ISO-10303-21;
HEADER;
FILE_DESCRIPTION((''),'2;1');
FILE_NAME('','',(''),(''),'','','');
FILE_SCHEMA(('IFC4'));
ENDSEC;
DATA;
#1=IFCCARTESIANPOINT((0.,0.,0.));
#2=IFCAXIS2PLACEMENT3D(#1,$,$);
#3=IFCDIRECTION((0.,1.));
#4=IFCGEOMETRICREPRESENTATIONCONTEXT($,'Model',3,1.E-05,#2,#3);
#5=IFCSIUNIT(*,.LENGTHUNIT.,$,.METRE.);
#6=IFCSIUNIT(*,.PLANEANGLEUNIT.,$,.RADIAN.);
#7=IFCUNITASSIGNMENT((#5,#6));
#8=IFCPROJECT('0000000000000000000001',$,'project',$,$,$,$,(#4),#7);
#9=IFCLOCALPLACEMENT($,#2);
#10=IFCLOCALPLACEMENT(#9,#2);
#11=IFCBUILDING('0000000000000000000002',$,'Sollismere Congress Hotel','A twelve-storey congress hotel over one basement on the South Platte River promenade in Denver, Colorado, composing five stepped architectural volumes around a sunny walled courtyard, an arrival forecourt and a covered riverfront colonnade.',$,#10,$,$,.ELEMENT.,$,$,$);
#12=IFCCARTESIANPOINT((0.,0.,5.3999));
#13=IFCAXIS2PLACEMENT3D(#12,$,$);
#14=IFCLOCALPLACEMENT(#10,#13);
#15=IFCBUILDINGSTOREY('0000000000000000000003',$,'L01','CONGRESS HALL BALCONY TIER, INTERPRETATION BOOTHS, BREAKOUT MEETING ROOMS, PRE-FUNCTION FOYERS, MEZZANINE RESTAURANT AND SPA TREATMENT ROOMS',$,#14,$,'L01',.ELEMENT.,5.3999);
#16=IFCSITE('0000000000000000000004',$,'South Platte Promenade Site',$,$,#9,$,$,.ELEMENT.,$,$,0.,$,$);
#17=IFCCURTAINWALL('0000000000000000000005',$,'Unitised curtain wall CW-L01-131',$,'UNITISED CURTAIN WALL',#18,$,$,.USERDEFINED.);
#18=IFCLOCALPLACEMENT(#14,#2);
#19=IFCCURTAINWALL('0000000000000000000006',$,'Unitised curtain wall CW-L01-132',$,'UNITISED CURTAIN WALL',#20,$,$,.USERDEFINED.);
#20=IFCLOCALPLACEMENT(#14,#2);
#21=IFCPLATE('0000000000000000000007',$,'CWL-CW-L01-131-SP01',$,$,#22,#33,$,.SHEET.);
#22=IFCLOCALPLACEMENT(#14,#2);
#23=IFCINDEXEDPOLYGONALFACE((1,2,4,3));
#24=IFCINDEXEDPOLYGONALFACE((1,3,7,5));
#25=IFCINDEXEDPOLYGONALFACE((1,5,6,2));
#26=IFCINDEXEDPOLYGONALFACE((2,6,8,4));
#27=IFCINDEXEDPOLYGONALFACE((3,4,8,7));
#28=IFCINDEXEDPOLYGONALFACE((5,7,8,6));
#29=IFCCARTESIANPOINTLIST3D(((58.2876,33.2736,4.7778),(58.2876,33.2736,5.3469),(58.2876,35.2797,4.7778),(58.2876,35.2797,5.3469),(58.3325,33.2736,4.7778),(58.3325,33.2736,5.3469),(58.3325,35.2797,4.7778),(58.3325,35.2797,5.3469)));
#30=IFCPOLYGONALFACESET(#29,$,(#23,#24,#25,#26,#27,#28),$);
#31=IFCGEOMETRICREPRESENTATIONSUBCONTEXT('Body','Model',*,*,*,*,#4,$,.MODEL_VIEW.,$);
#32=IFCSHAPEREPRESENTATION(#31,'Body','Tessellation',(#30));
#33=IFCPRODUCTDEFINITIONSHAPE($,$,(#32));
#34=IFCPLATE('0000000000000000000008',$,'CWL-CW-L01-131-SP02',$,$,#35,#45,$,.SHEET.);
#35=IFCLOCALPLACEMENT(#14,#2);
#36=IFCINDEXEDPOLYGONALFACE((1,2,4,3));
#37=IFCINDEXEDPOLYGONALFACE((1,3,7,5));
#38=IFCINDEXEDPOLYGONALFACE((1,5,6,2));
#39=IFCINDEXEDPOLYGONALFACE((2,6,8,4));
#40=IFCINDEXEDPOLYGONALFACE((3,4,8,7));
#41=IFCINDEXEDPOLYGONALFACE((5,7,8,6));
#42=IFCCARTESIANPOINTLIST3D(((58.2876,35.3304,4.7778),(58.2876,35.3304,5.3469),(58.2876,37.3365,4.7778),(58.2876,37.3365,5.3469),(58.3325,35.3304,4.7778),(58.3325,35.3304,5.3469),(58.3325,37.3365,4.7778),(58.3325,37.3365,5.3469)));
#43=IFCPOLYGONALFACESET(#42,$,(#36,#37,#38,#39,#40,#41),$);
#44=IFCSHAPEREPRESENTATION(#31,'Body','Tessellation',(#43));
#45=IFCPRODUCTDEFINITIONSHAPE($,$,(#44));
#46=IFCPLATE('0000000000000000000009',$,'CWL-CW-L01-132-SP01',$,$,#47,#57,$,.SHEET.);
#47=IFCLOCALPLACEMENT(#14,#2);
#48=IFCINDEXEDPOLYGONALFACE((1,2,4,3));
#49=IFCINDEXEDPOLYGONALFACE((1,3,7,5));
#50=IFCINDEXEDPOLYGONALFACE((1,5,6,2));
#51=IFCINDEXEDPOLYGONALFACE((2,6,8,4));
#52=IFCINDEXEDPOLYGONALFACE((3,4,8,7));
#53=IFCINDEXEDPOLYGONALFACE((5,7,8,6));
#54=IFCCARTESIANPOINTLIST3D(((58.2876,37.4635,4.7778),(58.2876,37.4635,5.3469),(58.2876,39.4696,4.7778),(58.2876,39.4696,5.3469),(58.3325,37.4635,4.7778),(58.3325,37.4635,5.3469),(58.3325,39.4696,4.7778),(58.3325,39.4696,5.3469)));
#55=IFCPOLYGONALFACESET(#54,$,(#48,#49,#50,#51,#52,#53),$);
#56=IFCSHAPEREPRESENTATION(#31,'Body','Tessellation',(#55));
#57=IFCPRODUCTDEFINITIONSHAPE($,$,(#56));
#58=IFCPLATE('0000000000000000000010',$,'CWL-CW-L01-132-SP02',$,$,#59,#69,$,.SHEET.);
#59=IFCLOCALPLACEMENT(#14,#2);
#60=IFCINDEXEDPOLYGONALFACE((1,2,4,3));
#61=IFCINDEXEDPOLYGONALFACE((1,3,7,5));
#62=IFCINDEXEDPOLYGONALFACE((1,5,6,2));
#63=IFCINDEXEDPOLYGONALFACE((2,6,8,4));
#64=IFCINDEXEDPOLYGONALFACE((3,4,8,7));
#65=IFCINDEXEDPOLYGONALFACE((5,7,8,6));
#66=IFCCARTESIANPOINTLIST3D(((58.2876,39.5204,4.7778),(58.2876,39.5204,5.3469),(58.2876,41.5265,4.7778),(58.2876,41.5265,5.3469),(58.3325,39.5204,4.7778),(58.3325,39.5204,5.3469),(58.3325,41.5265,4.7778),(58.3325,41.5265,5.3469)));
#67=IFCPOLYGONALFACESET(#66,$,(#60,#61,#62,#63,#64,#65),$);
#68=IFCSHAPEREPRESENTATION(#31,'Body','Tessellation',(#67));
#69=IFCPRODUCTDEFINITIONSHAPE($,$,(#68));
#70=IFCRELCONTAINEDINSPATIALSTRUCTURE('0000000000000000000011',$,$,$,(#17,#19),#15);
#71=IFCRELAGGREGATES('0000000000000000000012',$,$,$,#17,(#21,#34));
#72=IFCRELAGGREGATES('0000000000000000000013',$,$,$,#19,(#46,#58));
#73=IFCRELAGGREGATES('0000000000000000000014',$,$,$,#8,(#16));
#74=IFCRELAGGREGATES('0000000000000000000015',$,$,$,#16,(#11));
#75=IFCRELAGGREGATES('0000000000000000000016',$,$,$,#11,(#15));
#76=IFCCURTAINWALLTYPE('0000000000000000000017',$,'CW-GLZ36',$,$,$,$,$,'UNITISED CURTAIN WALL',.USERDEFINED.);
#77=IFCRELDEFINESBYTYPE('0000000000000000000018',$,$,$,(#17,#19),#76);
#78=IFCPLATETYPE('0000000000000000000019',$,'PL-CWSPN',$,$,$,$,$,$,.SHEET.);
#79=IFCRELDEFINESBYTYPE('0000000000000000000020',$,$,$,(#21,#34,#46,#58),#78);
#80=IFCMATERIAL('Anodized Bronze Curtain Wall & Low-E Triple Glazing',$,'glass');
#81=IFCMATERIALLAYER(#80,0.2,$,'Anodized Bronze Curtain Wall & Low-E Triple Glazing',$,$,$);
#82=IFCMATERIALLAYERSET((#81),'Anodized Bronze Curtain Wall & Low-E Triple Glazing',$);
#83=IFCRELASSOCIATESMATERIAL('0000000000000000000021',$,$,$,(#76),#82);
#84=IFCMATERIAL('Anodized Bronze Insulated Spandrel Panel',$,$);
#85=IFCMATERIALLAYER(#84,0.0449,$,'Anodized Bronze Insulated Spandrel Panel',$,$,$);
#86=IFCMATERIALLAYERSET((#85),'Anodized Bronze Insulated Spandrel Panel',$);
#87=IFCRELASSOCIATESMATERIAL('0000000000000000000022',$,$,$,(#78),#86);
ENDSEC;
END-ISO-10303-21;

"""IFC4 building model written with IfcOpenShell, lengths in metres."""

from ifc_helpers import new_model, si_unit, direction, frame, origin, origin_2d, place, context, subcontext, project, spatial, rectangle, extrude, material, layer, layer_set, type_object, element, aggregate, save


model = new_model("IFC4")

# Units and contexts
model_context = context("Model", 3, precision=1e-05, world=origin(), true_north=direction((0.0, 1.0)))
body_context = subcontext(model_context, "Body", "Model", "MODEL_VIEW")
ifc_project = project(units=[si_unit("LENGTHUNIT", "METRE"), si_unit("PLANEANGLEUNIT", "RADIAN")], contexts=[model_context])

# Site, building, storey
site_placement = place(None, origin())
site = spatial("IfcSite", under=ifc_project, at=site_placement, Name="South Platte Promenade Site", CompositionType="ELEMENT", RefElevation=0.0)
building_placement = place(site_placement, origin())
building = spatial("IfcBuilding", under=site, at=building_placement, Name="Sollismere Congress Hotel", Description="A twelve-storey congress hotel over one basement on the South Platte River promenade in Denver, Colorado, composing five stepped architectural volumes around a sunny walled courtyard, an arrival forecourt and a covered riverfront colonnade.", CompositionType="ELEMENT")
storey_placement = place(building_placement, frame((0.0, 0.0, 5.3999)))
storey = spatial("IfcBuildingStorey", under=building, at=storey_placement, Name="L01", Description="CONGRESS HALL BALCONY TIER, INTERPRETATION BOOTHS, BREAKOUT MEETING ROOMS, PRE-FUNCTION FOYERS, MEZZANINE RESTAURANT AND SPA TREATMENT ROOMS", LongName="L01", CompositionType="ELEMENT", Elevation=5.3999)

# Curtain walls
ifc_material_1 = material(Name="Anodized Bronze Curtain Wall & Low-E Triple Glazing", Category="glass")
ifc_layer_1 = layer(ifc_material_1, 0.2, Name="Anodized Bronze Curtain Wall & Low-E Triple Glazing")
ifc_layer_set_1 = layer_set([ifc_layer_1], Name="Anodized Bronze Curtain Wall & Low-E Triple Glazing")
curtain_wall_type = type_object("IfcCurtainWallType", Name="CW-GLZ36", ElementType="UNITISED CURTAIN WALL", PredefinedType="USERDEFINED", material=ifc_layer_set_1)
curtain_wall_1_placement = place(storey_placement, origin())
curtain_wall_1 = element("IfcCurtainWall", 1, at=curtain_wall_1_placement, inside=storey, type_object=curtain_wall_type, Name="Unitised curtain wall CW-L01-131", ObjectType="UNITISED CURTAIN WALL", PredefinedType="USERDEFINED")
curtain_wall_2_placement = place(storey_placement, origin())
curtain_wall_2 = element("IfcCurtainWall", 2, at=curtain_wall_2_placement, inside=storey, type_object=curtain_wall_type, Name="Unitised curtain wall CW-L01-132", ObjectType="UNITISED CURTAIN WALL", PredefinedType="USERDEFINED")

# Plates
ifc_material_2 = material(Name="Anodized Bronze Insulated Spandrel Panel")
ifc_layer_2 = layer(ifc_material_2, 0.0449, Name="Anodized Bronze Insulated Spandrel Panel")
ifc_layer_set_2 = layer_set([ifc_layer_2], Name="Anodized Bronze Insulated Spandrel Panel")
plate_type_1 = type_object("IfcPlateType", Name="PL-CWSPN", PredefinedType="SHEET", material=ifc_layer_set_2)
plate_1_placement = place(storey_placement, frame((58.3101, 34.2766, 4.7778), z_axis=(0.0, 0.0, 1.0), x_axis=(0.0, 1.0, 0.0)))
plate_1 = element("IfcPlate", 3, at=plate_1_placement, type_object=plate_type_1, Name="CWL-CW-L01-131-SP01", PredefinedType="SHEET", context=body_context, shape_type="SweptSolid", body=[
    extrude(rectangle(XDim=2.0061, YDim=0.0449, at=origin_2d()), origin(), (0.0, 0.0, 1.0), 0.5691),
])
plate_2_placement = place(storey_placement, frame((58.3101, 36.3335, 4.7778), z_axis=(0.0, 0.0, 1.0), x_axis=(0.0, 1.0, 0.0)))
plate_2 = element("IfcPlate", 4, at=plate_2_placement, type_object=plate_type_1, Name="CWL-CW-L01-131-SP02", PredefinedType="SHEET", context=body_context, shape_type="SweptSolid", body=[
    extrude(rectangle(XDim=2.0061, YDim=0.0449, at=origin_2d()), origin(), (0.0, 0.0, 1.0), 0.5691),
])
aggregate(curtain_wall_1, [plate_1, plate_2])
plate_3_placement = place(storey_placement, frame((58.3101, 38.4666, 4.7778), z_axis=(0.0, 0.0, 1.0), x_axis=(0.0, 1.0, 0.0)))
plate_3 = element("IfcPlate", 5, at=plate_3_placement, type_object=plate_type_1, Name="CWL-CW-L01-132-SP01", PredefinedType="SHEET", context=body_context, shape_type="SweptSolid", body=[
    extrude(rectangle(XDim=2.0061, YDim=0.0449, at=origin_2d()), origin(), (0.0, 0.0, 1.0), 0.5691),
])
plate_4_placement = place(storey_placement, frame((58.3101, 40.5234, 4.7778), z_axis=(0.0, 0.0, 1.0), x_axis=(0.0, 1.0, 0.0)))
plate_4 = element("IfcPlate", 6, at=plate_4_placement, type_object=plate_type_1, Name="CWL-CW-L01-132-SP02", PredefinedType="SHEET", context=body_context, shape_type="SweptSolid", body=[
    extrude(rectangle(XDim=2.0061, YDim=0.0449, at=origin_2d()), origin(), (0.0, 0.0, 1.0), 0.5691),
])
aggregate(curtain_wall_2, [plate_3, plate_4])

save(model, "model.ifc")
